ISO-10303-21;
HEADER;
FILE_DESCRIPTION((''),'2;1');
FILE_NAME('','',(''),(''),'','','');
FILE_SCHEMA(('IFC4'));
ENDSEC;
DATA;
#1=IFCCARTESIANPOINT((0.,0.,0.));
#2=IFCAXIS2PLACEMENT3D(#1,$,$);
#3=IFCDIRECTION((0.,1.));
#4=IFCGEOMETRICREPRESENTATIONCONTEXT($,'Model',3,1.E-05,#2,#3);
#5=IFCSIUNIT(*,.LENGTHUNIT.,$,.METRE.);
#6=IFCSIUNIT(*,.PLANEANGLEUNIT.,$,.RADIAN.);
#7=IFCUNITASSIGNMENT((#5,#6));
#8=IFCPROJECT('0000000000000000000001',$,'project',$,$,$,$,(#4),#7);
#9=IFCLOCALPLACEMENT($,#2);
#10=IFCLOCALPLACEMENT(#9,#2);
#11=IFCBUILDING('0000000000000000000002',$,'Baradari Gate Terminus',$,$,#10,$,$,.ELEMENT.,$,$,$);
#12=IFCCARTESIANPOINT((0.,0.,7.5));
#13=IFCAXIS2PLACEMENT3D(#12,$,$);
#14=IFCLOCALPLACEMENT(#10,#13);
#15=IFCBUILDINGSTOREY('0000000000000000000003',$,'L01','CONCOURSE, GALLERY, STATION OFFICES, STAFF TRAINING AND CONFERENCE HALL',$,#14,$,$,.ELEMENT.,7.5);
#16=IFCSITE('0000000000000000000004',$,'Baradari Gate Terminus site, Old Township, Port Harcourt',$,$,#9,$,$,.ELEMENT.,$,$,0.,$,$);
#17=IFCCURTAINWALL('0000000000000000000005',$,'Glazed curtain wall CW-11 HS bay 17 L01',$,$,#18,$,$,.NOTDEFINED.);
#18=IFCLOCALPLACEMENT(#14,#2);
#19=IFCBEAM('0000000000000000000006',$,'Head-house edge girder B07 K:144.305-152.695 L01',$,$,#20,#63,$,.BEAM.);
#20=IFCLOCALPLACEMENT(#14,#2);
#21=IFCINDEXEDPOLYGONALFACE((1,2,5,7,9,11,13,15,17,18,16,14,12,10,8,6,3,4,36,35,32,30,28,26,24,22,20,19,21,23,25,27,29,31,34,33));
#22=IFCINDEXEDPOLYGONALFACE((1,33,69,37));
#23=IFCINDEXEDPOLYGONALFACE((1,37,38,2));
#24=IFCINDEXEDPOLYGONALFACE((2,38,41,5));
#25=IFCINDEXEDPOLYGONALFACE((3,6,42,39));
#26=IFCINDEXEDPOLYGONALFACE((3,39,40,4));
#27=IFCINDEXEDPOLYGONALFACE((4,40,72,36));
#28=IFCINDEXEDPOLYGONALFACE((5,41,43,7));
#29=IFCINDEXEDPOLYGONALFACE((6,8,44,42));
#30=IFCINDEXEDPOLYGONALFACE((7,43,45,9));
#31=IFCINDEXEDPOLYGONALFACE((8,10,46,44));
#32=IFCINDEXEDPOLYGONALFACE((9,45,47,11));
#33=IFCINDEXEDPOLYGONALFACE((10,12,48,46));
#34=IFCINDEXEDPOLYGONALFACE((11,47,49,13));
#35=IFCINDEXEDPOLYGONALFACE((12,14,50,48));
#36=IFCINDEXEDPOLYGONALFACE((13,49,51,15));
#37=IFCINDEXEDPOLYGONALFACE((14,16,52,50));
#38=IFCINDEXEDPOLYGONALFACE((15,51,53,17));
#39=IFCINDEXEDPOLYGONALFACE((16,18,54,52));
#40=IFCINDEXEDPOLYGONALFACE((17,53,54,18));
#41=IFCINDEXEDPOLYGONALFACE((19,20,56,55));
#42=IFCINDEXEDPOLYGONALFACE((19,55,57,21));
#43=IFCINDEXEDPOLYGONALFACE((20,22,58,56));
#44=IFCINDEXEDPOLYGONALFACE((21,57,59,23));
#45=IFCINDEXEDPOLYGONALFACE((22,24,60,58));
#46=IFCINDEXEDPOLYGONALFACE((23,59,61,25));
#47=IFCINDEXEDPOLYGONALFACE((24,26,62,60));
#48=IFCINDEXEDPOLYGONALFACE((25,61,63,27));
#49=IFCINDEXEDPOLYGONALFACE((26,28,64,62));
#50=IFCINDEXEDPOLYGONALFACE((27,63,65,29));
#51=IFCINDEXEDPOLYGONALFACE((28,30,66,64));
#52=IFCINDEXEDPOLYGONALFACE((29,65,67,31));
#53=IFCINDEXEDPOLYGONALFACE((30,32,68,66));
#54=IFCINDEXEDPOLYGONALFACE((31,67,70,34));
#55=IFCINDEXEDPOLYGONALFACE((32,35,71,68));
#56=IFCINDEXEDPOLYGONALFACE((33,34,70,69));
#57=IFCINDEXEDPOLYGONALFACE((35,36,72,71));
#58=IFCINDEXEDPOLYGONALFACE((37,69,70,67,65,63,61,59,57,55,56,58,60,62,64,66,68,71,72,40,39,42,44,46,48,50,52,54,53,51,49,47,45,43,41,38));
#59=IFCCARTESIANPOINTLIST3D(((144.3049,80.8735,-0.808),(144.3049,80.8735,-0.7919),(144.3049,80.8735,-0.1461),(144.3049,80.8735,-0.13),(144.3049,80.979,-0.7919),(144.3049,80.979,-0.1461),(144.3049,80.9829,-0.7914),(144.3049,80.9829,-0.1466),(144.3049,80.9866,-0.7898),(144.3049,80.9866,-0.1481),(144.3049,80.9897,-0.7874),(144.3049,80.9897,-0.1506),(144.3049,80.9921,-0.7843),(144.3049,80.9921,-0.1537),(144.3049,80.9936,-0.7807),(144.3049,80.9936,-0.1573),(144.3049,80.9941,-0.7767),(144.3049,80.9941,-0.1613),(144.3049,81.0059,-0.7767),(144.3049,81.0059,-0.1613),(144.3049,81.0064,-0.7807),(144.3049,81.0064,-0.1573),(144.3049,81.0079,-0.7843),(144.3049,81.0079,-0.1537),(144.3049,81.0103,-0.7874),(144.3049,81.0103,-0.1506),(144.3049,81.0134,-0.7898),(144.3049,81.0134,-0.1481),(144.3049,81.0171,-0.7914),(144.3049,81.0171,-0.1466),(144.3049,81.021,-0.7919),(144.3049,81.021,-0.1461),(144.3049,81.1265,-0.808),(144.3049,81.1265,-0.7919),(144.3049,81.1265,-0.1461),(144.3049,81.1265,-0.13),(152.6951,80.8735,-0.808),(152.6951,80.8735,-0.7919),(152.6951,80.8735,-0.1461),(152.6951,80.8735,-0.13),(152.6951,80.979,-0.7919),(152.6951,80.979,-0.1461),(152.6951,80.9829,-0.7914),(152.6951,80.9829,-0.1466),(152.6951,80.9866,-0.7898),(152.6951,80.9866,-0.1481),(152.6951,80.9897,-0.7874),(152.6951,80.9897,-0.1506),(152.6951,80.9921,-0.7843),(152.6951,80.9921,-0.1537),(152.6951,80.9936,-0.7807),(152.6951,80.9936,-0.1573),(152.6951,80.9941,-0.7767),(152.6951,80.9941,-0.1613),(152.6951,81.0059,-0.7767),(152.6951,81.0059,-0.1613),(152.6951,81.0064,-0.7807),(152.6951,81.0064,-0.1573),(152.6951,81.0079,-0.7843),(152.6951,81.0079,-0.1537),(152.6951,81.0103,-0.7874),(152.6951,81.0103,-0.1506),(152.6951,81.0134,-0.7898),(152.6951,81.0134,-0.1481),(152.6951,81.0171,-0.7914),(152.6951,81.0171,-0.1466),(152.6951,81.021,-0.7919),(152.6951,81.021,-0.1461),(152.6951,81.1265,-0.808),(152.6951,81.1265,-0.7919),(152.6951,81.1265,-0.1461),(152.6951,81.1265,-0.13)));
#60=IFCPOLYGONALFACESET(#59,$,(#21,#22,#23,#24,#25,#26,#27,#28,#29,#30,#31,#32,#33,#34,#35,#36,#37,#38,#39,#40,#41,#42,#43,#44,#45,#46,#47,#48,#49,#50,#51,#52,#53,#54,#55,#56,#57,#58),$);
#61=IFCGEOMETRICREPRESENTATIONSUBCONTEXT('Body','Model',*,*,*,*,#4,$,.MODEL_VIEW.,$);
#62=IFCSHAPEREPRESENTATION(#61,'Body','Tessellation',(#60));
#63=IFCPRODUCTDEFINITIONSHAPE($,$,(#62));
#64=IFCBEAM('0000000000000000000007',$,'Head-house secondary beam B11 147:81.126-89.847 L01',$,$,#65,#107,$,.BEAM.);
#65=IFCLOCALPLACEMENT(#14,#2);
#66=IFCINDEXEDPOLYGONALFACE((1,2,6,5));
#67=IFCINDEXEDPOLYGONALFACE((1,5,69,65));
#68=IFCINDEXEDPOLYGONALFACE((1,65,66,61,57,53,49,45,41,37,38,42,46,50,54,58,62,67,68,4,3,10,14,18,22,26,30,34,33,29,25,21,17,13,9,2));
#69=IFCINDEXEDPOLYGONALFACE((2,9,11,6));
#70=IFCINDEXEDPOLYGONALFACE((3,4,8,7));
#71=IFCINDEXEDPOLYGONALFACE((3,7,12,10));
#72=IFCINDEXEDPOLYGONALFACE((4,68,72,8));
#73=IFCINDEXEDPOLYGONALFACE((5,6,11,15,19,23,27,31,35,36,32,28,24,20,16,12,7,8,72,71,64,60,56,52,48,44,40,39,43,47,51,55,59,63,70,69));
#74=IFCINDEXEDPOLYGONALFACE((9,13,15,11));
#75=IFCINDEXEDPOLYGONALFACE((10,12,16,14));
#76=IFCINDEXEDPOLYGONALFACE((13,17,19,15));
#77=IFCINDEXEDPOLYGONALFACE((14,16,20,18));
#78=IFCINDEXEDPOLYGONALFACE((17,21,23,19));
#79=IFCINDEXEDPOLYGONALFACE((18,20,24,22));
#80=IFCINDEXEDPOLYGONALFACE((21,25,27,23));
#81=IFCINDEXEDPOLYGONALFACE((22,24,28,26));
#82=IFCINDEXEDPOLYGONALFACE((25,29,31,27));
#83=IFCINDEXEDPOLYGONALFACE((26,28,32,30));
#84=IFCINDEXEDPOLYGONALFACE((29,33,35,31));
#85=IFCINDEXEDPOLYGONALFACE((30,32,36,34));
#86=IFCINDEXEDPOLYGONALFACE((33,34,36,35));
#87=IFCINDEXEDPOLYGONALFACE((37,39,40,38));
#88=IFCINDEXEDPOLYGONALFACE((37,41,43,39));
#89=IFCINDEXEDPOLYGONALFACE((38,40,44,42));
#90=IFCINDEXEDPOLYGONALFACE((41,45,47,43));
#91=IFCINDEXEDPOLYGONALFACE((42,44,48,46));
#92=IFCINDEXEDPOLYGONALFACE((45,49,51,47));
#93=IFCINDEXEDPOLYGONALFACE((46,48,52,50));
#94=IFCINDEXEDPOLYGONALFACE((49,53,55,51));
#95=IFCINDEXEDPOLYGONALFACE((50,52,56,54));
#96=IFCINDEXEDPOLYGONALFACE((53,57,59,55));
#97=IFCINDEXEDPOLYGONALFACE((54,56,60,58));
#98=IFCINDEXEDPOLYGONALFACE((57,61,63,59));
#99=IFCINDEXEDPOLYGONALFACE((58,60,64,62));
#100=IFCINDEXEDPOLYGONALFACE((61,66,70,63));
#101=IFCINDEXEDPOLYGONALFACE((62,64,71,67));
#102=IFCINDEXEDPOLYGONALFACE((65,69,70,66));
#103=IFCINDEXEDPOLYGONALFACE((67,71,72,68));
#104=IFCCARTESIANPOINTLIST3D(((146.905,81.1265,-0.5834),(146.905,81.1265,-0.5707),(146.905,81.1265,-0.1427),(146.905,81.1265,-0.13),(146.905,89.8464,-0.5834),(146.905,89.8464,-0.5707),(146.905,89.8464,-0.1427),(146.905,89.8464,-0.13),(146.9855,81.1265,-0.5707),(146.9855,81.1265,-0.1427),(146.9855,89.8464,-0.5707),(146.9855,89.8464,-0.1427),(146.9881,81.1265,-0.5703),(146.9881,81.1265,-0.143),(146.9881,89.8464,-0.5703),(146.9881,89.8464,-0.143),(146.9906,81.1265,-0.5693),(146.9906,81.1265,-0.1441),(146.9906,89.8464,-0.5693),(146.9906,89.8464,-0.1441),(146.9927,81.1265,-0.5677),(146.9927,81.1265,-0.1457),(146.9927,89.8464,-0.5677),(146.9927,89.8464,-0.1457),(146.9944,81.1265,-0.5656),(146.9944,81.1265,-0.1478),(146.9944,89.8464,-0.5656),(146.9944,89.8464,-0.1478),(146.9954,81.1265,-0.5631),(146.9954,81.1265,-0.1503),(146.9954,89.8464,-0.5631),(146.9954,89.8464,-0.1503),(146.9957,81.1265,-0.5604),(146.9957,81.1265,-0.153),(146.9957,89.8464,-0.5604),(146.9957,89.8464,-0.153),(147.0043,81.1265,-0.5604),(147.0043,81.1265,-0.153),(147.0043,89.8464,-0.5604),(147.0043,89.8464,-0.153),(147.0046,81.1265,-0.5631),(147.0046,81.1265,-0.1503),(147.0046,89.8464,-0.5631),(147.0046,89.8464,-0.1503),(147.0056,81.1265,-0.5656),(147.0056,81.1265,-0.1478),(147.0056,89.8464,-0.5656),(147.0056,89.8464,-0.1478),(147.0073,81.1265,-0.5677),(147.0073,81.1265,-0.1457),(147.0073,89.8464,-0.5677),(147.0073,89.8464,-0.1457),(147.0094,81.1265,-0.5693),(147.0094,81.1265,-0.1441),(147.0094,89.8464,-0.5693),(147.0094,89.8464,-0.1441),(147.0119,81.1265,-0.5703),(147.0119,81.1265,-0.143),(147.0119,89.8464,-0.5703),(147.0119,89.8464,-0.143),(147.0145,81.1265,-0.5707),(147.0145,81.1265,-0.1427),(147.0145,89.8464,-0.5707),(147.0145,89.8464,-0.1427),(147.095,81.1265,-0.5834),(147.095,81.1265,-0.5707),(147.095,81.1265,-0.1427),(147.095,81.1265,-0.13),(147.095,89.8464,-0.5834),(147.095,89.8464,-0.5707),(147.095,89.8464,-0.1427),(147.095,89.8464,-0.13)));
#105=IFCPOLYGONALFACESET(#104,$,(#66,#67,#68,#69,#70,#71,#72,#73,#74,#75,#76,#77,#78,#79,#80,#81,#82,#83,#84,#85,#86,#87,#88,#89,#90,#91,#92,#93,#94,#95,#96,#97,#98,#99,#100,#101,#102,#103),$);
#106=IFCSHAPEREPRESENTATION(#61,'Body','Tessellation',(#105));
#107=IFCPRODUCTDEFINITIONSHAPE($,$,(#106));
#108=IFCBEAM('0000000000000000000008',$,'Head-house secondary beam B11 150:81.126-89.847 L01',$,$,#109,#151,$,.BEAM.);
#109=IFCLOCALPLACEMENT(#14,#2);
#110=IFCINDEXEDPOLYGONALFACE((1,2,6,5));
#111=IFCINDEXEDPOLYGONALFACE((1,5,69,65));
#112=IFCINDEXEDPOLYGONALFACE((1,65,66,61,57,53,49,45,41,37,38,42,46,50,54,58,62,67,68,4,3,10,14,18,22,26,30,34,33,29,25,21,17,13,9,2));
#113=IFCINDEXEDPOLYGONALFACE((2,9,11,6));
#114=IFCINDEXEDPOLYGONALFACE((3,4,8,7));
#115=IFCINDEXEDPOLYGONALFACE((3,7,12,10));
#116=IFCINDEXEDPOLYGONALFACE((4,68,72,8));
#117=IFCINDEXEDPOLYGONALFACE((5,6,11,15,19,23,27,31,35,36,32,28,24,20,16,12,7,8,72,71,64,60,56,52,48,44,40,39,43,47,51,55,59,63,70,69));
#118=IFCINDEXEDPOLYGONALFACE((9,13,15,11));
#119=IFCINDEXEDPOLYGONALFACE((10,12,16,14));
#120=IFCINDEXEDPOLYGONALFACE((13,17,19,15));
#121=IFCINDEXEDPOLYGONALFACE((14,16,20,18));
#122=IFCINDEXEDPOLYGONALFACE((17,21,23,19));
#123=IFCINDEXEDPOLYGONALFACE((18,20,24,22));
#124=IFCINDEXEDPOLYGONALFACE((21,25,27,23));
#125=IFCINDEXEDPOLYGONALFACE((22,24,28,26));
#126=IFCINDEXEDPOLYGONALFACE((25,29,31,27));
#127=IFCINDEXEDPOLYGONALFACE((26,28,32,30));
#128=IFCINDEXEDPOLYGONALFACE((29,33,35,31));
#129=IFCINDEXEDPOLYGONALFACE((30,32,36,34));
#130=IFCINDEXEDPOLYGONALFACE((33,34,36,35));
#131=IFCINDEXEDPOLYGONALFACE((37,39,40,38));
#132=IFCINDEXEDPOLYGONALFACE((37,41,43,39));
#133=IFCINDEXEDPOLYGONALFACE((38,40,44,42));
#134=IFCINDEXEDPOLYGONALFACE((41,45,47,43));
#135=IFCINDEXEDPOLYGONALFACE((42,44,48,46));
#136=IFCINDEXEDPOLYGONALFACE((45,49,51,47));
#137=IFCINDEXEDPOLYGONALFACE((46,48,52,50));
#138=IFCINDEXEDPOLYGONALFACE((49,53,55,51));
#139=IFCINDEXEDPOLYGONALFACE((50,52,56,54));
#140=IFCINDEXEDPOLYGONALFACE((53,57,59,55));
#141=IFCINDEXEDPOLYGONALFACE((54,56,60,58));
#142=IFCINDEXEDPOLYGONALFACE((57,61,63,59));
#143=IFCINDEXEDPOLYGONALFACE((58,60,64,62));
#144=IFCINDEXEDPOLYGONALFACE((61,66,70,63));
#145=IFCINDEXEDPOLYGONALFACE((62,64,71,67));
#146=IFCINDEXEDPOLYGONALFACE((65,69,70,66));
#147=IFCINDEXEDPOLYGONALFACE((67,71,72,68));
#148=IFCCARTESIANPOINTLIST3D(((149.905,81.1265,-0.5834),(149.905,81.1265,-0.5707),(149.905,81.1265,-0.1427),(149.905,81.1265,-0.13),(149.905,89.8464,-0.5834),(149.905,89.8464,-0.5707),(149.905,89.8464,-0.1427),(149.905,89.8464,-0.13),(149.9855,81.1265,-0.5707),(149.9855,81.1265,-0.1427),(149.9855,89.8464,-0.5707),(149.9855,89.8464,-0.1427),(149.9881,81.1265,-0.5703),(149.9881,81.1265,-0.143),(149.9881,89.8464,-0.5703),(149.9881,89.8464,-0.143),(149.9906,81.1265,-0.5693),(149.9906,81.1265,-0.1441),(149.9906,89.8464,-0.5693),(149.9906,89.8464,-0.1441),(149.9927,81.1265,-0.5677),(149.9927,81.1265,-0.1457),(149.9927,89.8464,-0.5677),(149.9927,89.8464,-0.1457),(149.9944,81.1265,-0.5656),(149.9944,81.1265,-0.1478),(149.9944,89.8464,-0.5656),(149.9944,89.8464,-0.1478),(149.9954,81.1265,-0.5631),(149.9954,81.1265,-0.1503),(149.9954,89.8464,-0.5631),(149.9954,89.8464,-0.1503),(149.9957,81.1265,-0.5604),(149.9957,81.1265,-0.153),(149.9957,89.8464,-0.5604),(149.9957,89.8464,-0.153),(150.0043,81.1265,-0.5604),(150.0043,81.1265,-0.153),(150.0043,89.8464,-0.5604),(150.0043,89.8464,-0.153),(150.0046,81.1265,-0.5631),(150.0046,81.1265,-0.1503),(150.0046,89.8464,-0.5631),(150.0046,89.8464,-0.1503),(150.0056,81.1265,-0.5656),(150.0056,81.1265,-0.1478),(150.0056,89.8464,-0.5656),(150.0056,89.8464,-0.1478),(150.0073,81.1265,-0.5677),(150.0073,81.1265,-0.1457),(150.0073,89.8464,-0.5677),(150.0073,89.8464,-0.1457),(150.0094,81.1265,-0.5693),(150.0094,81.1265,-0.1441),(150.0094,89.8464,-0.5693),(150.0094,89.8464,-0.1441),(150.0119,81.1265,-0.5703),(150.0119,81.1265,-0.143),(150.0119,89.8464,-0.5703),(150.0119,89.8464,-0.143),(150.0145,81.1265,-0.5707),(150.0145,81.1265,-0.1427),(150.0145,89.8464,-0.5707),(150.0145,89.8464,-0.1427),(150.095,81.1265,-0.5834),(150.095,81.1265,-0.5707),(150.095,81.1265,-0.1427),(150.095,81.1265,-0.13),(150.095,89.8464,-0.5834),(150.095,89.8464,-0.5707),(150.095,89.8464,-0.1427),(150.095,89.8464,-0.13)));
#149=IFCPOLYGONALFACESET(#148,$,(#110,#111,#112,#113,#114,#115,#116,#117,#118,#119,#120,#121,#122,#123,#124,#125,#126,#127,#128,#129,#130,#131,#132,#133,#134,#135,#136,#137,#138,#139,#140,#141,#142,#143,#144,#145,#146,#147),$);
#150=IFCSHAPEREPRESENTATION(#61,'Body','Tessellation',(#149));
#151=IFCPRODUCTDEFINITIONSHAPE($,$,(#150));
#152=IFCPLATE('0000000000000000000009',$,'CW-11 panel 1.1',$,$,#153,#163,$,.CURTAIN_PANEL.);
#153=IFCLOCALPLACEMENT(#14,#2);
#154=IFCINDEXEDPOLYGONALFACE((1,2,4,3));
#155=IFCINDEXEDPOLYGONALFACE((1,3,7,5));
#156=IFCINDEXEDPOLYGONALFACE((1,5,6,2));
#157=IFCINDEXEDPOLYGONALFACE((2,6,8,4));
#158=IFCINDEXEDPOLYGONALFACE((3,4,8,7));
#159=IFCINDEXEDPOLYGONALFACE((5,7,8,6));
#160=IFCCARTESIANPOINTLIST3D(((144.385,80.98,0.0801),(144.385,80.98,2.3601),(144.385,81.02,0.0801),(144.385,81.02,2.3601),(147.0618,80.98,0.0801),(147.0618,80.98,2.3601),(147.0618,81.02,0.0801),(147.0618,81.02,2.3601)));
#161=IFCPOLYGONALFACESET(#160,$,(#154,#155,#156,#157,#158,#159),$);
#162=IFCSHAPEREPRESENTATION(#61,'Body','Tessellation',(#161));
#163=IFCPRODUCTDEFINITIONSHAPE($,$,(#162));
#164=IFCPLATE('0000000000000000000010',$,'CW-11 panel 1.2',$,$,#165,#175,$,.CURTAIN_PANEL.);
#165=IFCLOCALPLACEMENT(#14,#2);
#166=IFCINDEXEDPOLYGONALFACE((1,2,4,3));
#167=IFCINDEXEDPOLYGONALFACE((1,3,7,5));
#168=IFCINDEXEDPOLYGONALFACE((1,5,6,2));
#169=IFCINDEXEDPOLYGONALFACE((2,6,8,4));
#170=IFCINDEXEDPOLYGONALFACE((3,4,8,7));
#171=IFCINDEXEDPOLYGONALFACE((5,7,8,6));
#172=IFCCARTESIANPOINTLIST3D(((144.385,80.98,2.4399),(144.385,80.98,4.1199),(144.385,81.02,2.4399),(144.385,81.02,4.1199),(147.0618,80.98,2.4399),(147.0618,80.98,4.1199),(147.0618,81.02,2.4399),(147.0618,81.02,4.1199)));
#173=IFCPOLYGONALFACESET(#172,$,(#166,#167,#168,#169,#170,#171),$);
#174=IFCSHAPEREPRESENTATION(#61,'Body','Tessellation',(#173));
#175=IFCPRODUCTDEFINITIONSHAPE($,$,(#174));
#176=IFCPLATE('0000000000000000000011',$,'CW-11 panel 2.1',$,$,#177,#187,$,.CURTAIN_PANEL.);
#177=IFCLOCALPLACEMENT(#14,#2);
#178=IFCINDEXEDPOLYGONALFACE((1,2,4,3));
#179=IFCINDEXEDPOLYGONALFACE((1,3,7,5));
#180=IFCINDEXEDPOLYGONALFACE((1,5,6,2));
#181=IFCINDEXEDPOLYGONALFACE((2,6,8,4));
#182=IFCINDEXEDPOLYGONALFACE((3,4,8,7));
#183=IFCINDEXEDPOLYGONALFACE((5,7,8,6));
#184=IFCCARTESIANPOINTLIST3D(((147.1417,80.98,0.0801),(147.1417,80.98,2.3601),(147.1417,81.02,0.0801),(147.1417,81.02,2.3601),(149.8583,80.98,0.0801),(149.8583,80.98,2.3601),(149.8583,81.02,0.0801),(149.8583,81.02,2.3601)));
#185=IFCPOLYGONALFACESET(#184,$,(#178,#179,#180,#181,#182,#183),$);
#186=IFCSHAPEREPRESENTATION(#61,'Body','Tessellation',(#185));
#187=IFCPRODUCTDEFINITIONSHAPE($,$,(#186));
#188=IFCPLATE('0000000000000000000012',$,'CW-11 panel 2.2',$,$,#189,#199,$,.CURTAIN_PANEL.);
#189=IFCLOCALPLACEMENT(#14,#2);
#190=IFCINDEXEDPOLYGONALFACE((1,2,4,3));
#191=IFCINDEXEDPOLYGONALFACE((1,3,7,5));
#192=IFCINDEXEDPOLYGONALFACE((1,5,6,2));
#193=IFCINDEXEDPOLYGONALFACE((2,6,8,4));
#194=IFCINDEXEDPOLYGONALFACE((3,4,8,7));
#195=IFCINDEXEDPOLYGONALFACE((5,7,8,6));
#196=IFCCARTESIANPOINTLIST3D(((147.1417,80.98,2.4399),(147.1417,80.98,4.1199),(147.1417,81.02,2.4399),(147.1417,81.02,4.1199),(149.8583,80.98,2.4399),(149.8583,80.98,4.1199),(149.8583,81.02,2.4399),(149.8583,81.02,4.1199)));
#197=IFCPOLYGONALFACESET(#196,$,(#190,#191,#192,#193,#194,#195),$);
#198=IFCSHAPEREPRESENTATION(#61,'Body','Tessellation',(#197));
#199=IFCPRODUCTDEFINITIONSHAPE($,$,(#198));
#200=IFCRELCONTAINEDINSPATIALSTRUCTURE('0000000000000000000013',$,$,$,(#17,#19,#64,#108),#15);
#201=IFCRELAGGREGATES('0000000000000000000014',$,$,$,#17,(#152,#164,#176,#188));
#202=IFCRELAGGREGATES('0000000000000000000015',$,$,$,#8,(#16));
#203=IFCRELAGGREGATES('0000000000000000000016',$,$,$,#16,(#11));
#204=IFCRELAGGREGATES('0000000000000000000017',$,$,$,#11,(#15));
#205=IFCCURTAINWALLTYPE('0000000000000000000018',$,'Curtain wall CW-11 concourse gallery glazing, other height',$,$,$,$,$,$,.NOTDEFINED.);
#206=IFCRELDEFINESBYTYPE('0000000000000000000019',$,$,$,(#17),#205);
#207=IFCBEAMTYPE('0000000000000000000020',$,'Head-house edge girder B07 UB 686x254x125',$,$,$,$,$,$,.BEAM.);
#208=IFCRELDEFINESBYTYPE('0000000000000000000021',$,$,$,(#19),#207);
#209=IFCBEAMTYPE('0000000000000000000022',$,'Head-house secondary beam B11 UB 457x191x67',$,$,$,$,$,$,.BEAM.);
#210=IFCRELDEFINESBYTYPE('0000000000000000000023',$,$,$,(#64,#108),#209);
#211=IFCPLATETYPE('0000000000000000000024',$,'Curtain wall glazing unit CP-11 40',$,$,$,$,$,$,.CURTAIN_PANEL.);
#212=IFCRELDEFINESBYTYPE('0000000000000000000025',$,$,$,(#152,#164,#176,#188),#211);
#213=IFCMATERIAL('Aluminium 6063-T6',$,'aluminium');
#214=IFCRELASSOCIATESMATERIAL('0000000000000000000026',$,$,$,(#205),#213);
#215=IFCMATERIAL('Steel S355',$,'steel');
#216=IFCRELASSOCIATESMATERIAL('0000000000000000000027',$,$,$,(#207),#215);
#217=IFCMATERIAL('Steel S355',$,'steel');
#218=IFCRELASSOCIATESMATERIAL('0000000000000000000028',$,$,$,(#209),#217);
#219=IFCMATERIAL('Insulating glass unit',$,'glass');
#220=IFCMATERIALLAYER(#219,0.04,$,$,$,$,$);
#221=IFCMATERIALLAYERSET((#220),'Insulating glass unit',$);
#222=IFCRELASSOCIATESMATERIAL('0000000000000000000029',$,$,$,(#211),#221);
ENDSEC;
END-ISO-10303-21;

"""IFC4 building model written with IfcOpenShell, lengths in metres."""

from ifc_helpers import new_model, si_unit, direction, frame, origin, origin_2d, place, context, subcontext, project, spatial, rectangle, i_section, extrude, material, layer, layer_set, material_profile, profile_set, type_object, element, aggregate, save


model = new_model("IFC4")

# Units and contexts
model_context = context("Model", 3, precision=1e-05, world=origin(), true_north=direction((0.0, 1.0)))
body_context = subcontext(model_context, "Body", "Model", "MODEL_VIEW")
ifc_project = project(units=[si_unit("LENGTHUNIT", "METRE"), si_unit("PLANEANGLEUNIT", "RADIAN")], contexts=[model_context])

# Site, building, storey
site_placement = place(None, origin())
site = spatial("IfcSite", under=ifc_project, at=site_placement, Name="Baradari Gate Terminus site, Old Township, Port Harcourt", CompositionType="ELEMENT", RefElevation=0.0)
building_placement = place(site_placement, origin())
building = spatial("IfcBuilding", under=site, at=building_placement, Name="Baradari Gate Terminus", CompositionType="ELEMENT")
storey_placement = place(building_placement, frame((0.0, 0.0, 7.5)))
storey = spatial("IfcBuildingStorey", under=building, at=storey_placement, Name="L01", Description="CONCOURSE, GALLERY, STATION OFFICES, STAFF TRAINING AND CONFERENCE HALL", CompositionType="ELEMENT", Elevation=7.5)

# Shared definitions
ifc_material_1 = material(Name="Aluminium 6063-T6", Category="aluminium")
curtain_wall_type = type_object("IfcCurtainWallType", Name="Curtain wall CW-11 concourse gallery glazing, other height", PredefinedType="NOTDEFINED", material=ifc_material_1)

# Curtain wall
curtain_wall_1_placement = place(storey_placement, origin())
curtain_wall_1 = element("IfcCurtainWall", 1, at=curtain_wall_1_placement, inside=storey, type_object=curtain_wall_type, Name="Glazed curtain wall CW-11 HS bay 17 L01", PredefinedType="NOTDEFINED")

# Beams
ifc_material_2 = material(Name="Steel S355", Category="steel")
ifc_material_profile_1 = material_profile(ifc_material_2, i_section(OverallWidth=0.2529, OverallDepth=0.678, WebThickness=0.0117, FlangeThickness=0.0161, FilletRadius=0.0151, at=origin_2d()), Name="UB 686x254x125")
ifc_profile_set_1 = profile_set([ifc_material_profile_1], Name="Steel S355")
beam_type_1 = type_object("IfcBeamType", Name="Head-house edge girder B07 UB 686x254x125", PredefinedType="BEAM", material=ifc_profile_set_1)
beam_1_placement = place(storey_placement, frame((144.3049, 81.0, -0.469), z_axis=(1.0, 0.0, 0.0), x_axis=(0.0, 1.0, 0.0)))
element("IfcBeam", 2, at=beam_1_placement, inside=storey, type_object=beam_type_1, Name="Head-house edge girder B07 K:144.305-152.695 L01", PredefinedType="BEAM", context=body_context, shape_type="SweptSolid", body=[
    extrude(i_section(OverallWidth=0.2529, OverallDepth=0.678, WebThickness=0.0117, FlangeThickness=0.0161, FilletRadius=0.0151, at=origin_2d()), origin(), (0.0, 0.0, 1.0), 8.3901),
])
ifc_material_3 = material(Name="Steel S355", Category="steel")
ifc_material_profile_2 = material_profile(ifc_material_3, i_section(OverallWidth=0.1899, OverallDepth=0.4534, WebThickness=0.0085, FlangeThickness=0.0127, FilletRadius=0.0103, at=origin_2d()), Name="UB 457x191x67")
ifc_profile_set_2 = profile_set([ifc_material_profile_2], Name="Steel S355")
beam_type_2 = type_object("IfcBeamType", Name="Head-house secondary beam B11 UB 457x191x67", PredefinedType="BEAM", material=ifc_profile_set_2)
for number, where, z_axis, x_axis, name in (
    (3, (147.0, 81.1265, -0.3567), (0.0, 1.0, 0.0), (-1.0, 0.0, 0.0), "Head-house secondary beam B11 147:81.126-89.847 L01"),
    (4, (150.0, 81.1265, -0.3567), (0.0, 1.0, 0.0), (-1.0, 0.0, 0.0), "Head-house secondary beam B11 150:81.126-89.847 L01"),
):
    element("IfcBeam", number, at=place(storey_placement, frame(where, z_axis=z_axis, x_axis=x_axis)), inside=storey, type_object=beam_type_2, Name=name, PredefinedType="BEAM", context=body_context, shape_type="SweptSolid", body=[
        extrude(i_section(OverallWidth=0.1899, OverallDepth=0.4534, WebThickness=0.0085, FlangeThickness=0.0127, FilletRadius=0.0103, at=origin_2d()), origin(), (0.0, 0.0, 1.0), 8.72),
    ])

# Plates
ifc_material_4 = material(Name="Insulating glass unit", Category="glass")
ifc_layer = layer(ifc_material_4, 0.04)
ifc_layer_set = layer_set([ifc_layer], Name="Insulating glass unit")
plate_type = type_object("IfcPlateType", Name="Curtain wall glazing unit CP-11 40", PredefinedType="CURTAIN_PANEL", material=ifc_layer_set)
plate_1_placement = place(storey_placement, frame((145.7234, 81.0, 0.0801), z_axis=(0.0, 0.0, 1.0), x_axis=(1.0, 0.0, 0.0)))
plate_1 = element("IfcPlate", 5, at=plate_1_placement, type_object=plate_type, Name="CW-11 panel 1.1", PredefinedType="CURTAIN_PANEL", context=body_context, shape_type="SweptSolid", body=[
    extrude(rectangle(XDim=2.6768, YDim=0.04, at=origin_2d()), origin(), (0.0, 0.0, 1.0), 2.28),
])
plate_2_placement = place(storey_placement, frame((145.7234, 81.0, 2.4399), z_axis=(0.0, 0.0, 1.0), x_axis=(1.0, 0.0, 0.0)))
plate_2 = element("IfcPlate", 6, at=plate_2_placement, type_object=plate_type, Name="CW-11 panel 1.2", PredefinedType="CURTAIN_PANEL", context=body_context, shape_type="SweptSolid", body=[
    extrude(rectangle(XDim=2.6768, YDim=0.04, at=origin_2d()), origin(), (0.0, 0.0, 1.0), 1.6799),
])
plate_3_placement = place(storey_placement, frame((148.5, 81.0, 0.0801), z_axis=(0.0, 0.0, 1.0), x_axis=(1.0, 0.0, 0.0)))
plate_3 = element("IfcPlate", 7, at=plate_3_placement, type_object=plate_type, Name="CW-11 panel 2.1", PredefinedType="CURTAIN_PANEL", context=body_context, shape_type="SweptSolid", body=[
    extrude(rectangle(XDim=2.7166, YDim=0.04, at=origin_2d()), origin(), (0.0, 0.0, 1.0), 2.28),
])
plate_4_placement = place(storey_placement, frame((148.5, 81.0, 2.4399), z_axis=(0.0, 0.0, 1.0), x_axis=(1.0, 0.0, 0.0)))
plate_4 = element("IfcPlate", 8, at=plate_4_placement, type_object=plate_type, Name="CW-11 panel 2.2", PredefinedType="CURTAIN_PANEL", context=body_context, shape_type="SweptSolid", body=[
    extrude(rectangle(XDim=2.7166, YDim=0.04, at=origin_2d()), origin(), (0.0, 0.0, 1.0), 1.6799),
])
aggregate(curtain_wall_1, [plate_1, plate_2, plate_3, plate_4])

save(model, "model.ifc")
